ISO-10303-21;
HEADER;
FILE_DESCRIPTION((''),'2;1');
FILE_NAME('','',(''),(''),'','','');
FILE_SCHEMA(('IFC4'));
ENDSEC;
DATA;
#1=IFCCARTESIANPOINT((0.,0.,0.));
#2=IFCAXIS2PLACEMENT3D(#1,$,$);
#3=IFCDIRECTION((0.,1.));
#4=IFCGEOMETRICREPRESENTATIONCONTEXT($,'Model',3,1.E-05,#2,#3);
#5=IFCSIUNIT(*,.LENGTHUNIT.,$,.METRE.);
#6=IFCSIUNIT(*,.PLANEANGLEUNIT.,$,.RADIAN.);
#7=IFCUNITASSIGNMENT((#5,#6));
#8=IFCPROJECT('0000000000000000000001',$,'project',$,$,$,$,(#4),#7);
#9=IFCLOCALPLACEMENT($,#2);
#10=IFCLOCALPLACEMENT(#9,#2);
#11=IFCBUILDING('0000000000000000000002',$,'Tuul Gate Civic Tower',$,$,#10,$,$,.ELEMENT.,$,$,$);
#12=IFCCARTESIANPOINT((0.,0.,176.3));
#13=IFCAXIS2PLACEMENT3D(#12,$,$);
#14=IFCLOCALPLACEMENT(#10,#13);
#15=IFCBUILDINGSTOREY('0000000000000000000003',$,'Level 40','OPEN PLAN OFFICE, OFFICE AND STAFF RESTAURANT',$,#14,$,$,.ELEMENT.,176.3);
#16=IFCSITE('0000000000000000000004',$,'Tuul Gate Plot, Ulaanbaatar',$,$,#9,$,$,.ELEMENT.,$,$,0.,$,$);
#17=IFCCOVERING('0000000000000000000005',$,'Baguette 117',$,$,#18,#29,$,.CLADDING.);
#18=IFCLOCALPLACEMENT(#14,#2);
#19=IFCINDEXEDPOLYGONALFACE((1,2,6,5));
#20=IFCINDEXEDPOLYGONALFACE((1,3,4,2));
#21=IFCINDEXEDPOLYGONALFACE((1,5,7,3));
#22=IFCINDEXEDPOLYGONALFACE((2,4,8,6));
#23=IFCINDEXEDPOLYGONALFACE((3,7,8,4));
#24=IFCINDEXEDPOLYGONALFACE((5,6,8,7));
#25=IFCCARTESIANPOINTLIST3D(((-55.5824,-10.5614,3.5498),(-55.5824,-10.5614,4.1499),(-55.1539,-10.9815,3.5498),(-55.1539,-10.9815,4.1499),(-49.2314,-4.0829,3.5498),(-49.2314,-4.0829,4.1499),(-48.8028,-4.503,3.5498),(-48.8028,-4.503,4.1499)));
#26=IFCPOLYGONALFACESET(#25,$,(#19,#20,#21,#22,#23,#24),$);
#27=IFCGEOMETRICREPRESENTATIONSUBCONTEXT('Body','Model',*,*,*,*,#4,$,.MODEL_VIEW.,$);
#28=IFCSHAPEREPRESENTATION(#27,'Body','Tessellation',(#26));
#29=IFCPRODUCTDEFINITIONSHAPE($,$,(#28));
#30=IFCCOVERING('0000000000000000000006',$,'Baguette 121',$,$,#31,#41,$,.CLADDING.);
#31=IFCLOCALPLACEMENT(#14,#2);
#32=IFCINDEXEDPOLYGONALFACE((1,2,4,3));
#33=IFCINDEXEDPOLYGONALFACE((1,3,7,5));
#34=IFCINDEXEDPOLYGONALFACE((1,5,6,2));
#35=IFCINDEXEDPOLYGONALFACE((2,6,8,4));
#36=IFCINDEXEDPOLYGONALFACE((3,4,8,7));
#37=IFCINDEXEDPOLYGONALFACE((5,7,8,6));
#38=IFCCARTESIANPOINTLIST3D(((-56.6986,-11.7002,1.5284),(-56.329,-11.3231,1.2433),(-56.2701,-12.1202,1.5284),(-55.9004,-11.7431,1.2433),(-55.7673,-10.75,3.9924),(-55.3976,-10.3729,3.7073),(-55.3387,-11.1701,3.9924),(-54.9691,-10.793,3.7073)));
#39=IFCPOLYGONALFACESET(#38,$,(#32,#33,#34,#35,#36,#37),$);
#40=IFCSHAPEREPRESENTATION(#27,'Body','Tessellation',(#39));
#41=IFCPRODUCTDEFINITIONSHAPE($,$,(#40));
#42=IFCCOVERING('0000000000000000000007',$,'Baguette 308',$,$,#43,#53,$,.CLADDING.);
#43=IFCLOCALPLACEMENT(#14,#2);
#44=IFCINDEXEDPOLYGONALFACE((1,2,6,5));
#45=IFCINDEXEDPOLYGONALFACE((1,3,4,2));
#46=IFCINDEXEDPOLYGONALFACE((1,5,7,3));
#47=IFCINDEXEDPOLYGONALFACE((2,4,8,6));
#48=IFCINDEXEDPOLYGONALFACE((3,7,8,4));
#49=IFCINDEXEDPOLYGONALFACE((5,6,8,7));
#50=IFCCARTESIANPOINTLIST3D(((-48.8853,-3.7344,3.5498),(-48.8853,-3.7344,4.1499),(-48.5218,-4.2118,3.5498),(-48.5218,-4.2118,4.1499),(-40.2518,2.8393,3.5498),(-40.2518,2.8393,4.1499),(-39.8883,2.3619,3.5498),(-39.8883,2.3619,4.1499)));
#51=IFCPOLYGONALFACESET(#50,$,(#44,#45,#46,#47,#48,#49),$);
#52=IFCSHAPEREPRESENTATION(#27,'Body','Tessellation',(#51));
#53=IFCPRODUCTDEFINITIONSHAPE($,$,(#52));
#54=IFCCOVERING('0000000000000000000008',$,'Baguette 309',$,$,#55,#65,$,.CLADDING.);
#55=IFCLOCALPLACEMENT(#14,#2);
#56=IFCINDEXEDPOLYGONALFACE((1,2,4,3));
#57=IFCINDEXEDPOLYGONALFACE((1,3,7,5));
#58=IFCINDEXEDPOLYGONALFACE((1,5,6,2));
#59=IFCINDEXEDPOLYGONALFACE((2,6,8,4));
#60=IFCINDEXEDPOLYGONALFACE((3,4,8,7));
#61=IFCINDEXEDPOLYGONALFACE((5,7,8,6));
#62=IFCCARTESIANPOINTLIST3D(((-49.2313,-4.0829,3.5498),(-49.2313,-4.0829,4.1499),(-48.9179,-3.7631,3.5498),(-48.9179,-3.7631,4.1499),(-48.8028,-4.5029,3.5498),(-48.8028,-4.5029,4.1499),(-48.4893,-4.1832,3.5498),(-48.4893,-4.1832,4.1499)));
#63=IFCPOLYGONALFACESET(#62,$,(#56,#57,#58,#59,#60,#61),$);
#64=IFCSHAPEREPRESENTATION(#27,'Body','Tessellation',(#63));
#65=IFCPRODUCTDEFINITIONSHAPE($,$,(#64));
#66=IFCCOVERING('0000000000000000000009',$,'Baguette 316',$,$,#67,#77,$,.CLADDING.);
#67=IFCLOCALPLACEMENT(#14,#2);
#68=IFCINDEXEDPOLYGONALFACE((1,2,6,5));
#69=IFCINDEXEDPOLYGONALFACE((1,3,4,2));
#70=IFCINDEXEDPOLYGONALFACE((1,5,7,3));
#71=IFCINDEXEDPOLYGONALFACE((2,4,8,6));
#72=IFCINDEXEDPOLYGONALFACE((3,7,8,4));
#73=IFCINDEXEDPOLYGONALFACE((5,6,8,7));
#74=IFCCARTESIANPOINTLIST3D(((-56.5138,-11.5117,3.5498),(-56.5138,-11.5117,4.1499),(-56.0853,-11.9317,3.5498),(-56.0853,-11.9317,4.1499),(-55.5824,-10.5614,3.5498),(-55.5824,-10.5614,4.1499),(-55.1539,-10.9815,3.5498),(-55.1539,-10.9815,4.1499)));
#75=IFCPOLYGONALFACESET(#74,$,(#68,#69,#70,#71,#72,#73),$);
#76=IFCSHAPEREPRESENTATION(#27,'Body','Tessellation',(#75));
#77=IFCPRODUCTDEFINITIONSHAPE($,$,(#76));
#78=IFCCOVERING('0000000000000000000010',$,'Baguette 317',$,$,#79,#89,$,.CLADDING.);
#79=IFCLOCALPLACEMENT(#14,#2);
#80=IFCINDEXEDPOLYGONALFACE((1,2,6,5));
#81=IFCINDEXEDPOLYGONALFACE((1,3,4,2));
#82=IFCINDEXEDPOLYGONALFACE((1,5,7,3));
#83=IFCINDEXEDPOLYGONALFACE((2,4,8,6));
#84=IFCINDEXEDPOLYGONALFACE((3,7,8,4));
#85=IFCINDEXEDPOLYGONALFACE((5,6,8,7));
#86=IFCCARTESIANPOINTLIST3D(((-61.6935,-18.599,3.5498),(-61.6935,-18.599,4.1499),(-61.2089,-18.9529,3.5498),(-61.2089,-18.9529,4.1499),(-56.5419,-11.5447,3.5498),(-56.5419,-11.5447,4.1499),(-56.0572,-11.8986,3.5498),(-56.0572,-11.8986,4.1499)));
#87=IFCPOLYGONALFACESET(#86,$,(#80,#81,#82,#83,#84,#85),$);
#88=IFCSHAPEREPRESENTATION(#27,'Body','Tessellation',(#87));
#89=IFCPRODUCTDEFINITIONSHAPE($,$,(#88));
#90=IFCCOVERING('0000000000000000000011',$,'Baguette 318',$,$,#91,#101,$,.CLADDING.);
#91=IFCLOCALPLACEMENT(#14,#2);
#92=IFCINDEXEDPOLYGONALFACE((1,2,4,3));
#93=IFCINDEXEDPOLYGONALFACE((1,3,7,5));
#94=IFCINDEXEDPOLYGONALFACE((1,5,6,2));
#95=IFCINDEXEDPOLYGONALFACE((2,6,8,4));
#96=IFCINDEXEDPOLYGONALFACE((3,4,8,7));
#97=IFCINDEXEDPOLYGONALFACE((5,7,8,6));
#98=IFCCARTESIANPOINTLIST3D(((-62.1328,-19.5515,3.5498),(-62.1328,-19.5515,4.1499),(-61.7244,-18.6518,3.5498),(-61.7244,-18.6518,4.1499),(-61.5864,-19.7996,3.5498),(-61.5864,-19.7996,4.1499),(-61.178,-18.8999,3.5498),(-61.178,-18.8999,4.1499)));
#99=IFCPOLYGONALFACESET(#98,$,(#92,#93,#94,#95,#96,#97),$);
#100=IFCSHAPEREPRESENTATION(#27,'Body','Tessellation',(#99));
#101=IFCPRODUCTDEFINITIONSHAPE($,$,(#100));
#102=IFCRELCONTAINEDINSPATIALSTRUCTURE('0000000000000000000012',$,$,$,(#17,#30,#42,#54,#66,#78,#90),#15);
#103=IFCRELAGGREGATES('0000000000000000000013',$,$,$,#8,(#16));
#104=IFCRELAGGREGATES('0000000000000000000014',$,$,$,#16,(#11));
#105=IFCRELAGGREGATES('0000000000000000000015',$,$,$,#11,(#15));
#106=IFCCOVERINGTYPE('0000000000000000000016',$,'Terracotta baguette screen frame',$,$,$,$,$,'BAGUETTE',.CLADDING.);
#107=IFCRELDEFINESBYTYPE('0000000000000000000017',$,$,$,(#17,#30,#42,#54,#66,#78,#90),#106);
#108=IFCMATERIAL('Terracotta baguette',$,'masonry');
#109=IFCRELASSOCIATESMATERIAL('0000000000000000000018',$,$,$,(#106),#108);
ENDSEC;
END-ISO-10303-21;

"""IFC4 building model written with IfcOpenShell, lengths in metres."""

from ifc_helpers import new_model, si_unit, direction, frame, origin, origin_2d, place, context, subcontext, project, spatial, rectangle, extrude, material, material_profile, profile_set, type_object, element, save


model = new_model("IFC4")

# Units and contexts
model_context = context("Model", 3, precision=1e-05, world=origin(), true_north=direction((0.0, 1.0)))
body_context = subcontext(model_context, "Body", "Model", "MODEL_VIEW")
ifc_project = project(units=[si_unit("LENGTHUNIT", "METRE"), si_unit("PLANEANGLEUNIT", "RADIAN")], contexts=[model_context])

# Site, building, storey
site_placement = place(None, origin())
site = spatial("IfcSite", under=ifc_project, at=site_placement, Name="Tuul Gate Plot, Ulaanbaatar", CompositionType="ELEMENT", RefElevation=0.0)
building_placement = place(site_placement, origin())
building = spatial("IfcBuilding", under=site, at=building_placement, Name="Tuul Gate Civic Tower", CompositionType="ELEMENT")
storey_placement = place(building_placement, frame((0.0, 0.0, 176.3)))
storey = spatial("IfcBuildingStorey", under=building, at=storey_placement, Name="Level 40", Description="OPEN PLAN OFFICE, OFFICE AND STAFF RESTAURANT", CompositionType="ELEMENT", Elevation=176.3)

# Coverings
ifc_material_1 = material(Name="Terracotta baguette", Category="masonry")
ifc_material_profile_1 = material_profile(ifc_material_1, rectangle(XDim=0.6001, YDim=0.6001, at=origin_2d()), Name="Terracotta baguette screen frame")
ifc_profile_set_1 = profile_set([ifc_material_profile_1], Name="Terracotta baguette")
covering_type = type_object("IfcCoveringType", Name="Terracotta baguette screen frame", ElementType="BAGUETTE", PredefinedType="CLADDING", material=ifc_profile_set_1)
covering_1_placement = place(storey_placement, frame((-49.0171, -4.293, 3.8499), z_axis=(-0.700048, -0.714096, 0.0), x_axis=(0.714096, -0.700048, 0.0)))
element("IfcCovering", 1, at=covering_1_placement, inside=storey, type_object=covering_type, Name="Baguette 117", PredefinedType="CLADDING", context=body_context, shape_type="SweptSolid", body=[
    extrude(rectangle(XDim=0.6001, YDim=0.6001, at=origin_2d()), origin(), (0.0, 0.0, 1.0), 9.0723),
])
covering_2_placement = place(storey_placement, frame((-55.3682, -10.7715, 3.8499), z_axis=(-0.332595, -0.339308, -0.879915), x_axis=(0.714136, -0.700007, 0.0)))
element("IfcCovering", 2, at=covering_2_placement, inside=storey, type_object=covering_type, Name="Baguette 121", PredefinedType="CLADDING", context=body_context, shape_type="SweptSolid", body=[
    extrude(rectangle(XDim=0.6001, YDim=0.6001, at=origin_2d()), origin(), (0.0, 0.0, 1.0), 2.8003),
])
covering_3_placement = place(storey_placement, frame((-40.0701, 2.6006, 3.8499), z_axis=(-0.795619, -0.605798, 0.0), x_axis=(0.605798, -0.795619, 0.0)))
element("IfcCovering", 3, at=covering_3_placement, inside=storey, type_object=covering_type, Name="Baguette 308", PredefinedType="CLADDING", context=body_context, shape_type="SweptSolid", body=[
    extrude(rectangle(XDim=0.6001, YDim=0.6001, at=origin_2d()), origin(), (0.0, 0.0, 1.0), 10.8513),
])
covering_4_placement = place(storey_placement, frame((-48.7036, -3.9731, 3.8499), z_axis=(-0.699984, -0.714158, 0.0), x_axis=(0.714158, -0.699984, 0.0)))
element("IfcCovering", 4, at=covering_4_placement, inside=storey, type_object=covering_type, Name="Baguette 309", PredefinedType="CLADDING", context=body_context, shape_type="SweptSolid", body=[
    extrude(rectangle(XDim=0.6001, YDim=0.6001, at=origin_2d()), origin(), (0.0, 0.0, 1.0), 0.4478),
])
covering_5_placement = place(storey_placement, frame((-55.3682, -10.7715, 3.8499), z_axis=(-0.700007, -0.714136, 0.0), x_axis=(0.714136, -0.700007, 0.0)))
element("IfcCovering", 5, at=covering_5_placement, inside=storey, type_object=covering_type, Name="Baguette 316", PredefinedType="CLADDING", context=body_context, shape_type="SweptSolid", body=[
    extrude(rectangle(XDim=0.6001, YDim=0.6001, at=origin_2d()), origin(), (0.0, 0.0, 1.0), 1.3306),
])
covering_6_placement = place(storey_placement, frame((-56.2996, -11.7217, 3.8499), z_axis=(-0.589764, -0.807575, 0.0), x_axis=(0.807575, -0.589764, 0.0)))
element("IfcCovering", 6, at=covering_6_placement, inside=storey, type_object=covering_type, Name="Baguette 317", PredefinedType="CLADDING", context=body_context, shape_type="SweptSolid", body=[
    extrude(rectangle(XDim=0.6001, YDim=0.6001, at=origin_2d()), origin(), (0.0, 0.0, 1.0), 8.7351),
])
covering_7_placement = place(storey_placement, frame((-61.4512, -18.7759, 3.8499), z_axis=(-0.413393, -0.910553, 0.0), x_axis=(0.910553, -0.413393, 0.0)))
element("IfcCovering", 7, at=covering_7_placement, inside=storey, type_object=covering_type, Name="Baguette 318", PredefinedType="CLADDING", context=body_context, shape_type="SweptSolid", body=[
    extrude(rectangle(XDim=0.6001, YDim=0.6001, at=origin_2d()), origin(), (0.0, 0.0, 1.0), 0.988),
])

save(model, "model.ifc")
